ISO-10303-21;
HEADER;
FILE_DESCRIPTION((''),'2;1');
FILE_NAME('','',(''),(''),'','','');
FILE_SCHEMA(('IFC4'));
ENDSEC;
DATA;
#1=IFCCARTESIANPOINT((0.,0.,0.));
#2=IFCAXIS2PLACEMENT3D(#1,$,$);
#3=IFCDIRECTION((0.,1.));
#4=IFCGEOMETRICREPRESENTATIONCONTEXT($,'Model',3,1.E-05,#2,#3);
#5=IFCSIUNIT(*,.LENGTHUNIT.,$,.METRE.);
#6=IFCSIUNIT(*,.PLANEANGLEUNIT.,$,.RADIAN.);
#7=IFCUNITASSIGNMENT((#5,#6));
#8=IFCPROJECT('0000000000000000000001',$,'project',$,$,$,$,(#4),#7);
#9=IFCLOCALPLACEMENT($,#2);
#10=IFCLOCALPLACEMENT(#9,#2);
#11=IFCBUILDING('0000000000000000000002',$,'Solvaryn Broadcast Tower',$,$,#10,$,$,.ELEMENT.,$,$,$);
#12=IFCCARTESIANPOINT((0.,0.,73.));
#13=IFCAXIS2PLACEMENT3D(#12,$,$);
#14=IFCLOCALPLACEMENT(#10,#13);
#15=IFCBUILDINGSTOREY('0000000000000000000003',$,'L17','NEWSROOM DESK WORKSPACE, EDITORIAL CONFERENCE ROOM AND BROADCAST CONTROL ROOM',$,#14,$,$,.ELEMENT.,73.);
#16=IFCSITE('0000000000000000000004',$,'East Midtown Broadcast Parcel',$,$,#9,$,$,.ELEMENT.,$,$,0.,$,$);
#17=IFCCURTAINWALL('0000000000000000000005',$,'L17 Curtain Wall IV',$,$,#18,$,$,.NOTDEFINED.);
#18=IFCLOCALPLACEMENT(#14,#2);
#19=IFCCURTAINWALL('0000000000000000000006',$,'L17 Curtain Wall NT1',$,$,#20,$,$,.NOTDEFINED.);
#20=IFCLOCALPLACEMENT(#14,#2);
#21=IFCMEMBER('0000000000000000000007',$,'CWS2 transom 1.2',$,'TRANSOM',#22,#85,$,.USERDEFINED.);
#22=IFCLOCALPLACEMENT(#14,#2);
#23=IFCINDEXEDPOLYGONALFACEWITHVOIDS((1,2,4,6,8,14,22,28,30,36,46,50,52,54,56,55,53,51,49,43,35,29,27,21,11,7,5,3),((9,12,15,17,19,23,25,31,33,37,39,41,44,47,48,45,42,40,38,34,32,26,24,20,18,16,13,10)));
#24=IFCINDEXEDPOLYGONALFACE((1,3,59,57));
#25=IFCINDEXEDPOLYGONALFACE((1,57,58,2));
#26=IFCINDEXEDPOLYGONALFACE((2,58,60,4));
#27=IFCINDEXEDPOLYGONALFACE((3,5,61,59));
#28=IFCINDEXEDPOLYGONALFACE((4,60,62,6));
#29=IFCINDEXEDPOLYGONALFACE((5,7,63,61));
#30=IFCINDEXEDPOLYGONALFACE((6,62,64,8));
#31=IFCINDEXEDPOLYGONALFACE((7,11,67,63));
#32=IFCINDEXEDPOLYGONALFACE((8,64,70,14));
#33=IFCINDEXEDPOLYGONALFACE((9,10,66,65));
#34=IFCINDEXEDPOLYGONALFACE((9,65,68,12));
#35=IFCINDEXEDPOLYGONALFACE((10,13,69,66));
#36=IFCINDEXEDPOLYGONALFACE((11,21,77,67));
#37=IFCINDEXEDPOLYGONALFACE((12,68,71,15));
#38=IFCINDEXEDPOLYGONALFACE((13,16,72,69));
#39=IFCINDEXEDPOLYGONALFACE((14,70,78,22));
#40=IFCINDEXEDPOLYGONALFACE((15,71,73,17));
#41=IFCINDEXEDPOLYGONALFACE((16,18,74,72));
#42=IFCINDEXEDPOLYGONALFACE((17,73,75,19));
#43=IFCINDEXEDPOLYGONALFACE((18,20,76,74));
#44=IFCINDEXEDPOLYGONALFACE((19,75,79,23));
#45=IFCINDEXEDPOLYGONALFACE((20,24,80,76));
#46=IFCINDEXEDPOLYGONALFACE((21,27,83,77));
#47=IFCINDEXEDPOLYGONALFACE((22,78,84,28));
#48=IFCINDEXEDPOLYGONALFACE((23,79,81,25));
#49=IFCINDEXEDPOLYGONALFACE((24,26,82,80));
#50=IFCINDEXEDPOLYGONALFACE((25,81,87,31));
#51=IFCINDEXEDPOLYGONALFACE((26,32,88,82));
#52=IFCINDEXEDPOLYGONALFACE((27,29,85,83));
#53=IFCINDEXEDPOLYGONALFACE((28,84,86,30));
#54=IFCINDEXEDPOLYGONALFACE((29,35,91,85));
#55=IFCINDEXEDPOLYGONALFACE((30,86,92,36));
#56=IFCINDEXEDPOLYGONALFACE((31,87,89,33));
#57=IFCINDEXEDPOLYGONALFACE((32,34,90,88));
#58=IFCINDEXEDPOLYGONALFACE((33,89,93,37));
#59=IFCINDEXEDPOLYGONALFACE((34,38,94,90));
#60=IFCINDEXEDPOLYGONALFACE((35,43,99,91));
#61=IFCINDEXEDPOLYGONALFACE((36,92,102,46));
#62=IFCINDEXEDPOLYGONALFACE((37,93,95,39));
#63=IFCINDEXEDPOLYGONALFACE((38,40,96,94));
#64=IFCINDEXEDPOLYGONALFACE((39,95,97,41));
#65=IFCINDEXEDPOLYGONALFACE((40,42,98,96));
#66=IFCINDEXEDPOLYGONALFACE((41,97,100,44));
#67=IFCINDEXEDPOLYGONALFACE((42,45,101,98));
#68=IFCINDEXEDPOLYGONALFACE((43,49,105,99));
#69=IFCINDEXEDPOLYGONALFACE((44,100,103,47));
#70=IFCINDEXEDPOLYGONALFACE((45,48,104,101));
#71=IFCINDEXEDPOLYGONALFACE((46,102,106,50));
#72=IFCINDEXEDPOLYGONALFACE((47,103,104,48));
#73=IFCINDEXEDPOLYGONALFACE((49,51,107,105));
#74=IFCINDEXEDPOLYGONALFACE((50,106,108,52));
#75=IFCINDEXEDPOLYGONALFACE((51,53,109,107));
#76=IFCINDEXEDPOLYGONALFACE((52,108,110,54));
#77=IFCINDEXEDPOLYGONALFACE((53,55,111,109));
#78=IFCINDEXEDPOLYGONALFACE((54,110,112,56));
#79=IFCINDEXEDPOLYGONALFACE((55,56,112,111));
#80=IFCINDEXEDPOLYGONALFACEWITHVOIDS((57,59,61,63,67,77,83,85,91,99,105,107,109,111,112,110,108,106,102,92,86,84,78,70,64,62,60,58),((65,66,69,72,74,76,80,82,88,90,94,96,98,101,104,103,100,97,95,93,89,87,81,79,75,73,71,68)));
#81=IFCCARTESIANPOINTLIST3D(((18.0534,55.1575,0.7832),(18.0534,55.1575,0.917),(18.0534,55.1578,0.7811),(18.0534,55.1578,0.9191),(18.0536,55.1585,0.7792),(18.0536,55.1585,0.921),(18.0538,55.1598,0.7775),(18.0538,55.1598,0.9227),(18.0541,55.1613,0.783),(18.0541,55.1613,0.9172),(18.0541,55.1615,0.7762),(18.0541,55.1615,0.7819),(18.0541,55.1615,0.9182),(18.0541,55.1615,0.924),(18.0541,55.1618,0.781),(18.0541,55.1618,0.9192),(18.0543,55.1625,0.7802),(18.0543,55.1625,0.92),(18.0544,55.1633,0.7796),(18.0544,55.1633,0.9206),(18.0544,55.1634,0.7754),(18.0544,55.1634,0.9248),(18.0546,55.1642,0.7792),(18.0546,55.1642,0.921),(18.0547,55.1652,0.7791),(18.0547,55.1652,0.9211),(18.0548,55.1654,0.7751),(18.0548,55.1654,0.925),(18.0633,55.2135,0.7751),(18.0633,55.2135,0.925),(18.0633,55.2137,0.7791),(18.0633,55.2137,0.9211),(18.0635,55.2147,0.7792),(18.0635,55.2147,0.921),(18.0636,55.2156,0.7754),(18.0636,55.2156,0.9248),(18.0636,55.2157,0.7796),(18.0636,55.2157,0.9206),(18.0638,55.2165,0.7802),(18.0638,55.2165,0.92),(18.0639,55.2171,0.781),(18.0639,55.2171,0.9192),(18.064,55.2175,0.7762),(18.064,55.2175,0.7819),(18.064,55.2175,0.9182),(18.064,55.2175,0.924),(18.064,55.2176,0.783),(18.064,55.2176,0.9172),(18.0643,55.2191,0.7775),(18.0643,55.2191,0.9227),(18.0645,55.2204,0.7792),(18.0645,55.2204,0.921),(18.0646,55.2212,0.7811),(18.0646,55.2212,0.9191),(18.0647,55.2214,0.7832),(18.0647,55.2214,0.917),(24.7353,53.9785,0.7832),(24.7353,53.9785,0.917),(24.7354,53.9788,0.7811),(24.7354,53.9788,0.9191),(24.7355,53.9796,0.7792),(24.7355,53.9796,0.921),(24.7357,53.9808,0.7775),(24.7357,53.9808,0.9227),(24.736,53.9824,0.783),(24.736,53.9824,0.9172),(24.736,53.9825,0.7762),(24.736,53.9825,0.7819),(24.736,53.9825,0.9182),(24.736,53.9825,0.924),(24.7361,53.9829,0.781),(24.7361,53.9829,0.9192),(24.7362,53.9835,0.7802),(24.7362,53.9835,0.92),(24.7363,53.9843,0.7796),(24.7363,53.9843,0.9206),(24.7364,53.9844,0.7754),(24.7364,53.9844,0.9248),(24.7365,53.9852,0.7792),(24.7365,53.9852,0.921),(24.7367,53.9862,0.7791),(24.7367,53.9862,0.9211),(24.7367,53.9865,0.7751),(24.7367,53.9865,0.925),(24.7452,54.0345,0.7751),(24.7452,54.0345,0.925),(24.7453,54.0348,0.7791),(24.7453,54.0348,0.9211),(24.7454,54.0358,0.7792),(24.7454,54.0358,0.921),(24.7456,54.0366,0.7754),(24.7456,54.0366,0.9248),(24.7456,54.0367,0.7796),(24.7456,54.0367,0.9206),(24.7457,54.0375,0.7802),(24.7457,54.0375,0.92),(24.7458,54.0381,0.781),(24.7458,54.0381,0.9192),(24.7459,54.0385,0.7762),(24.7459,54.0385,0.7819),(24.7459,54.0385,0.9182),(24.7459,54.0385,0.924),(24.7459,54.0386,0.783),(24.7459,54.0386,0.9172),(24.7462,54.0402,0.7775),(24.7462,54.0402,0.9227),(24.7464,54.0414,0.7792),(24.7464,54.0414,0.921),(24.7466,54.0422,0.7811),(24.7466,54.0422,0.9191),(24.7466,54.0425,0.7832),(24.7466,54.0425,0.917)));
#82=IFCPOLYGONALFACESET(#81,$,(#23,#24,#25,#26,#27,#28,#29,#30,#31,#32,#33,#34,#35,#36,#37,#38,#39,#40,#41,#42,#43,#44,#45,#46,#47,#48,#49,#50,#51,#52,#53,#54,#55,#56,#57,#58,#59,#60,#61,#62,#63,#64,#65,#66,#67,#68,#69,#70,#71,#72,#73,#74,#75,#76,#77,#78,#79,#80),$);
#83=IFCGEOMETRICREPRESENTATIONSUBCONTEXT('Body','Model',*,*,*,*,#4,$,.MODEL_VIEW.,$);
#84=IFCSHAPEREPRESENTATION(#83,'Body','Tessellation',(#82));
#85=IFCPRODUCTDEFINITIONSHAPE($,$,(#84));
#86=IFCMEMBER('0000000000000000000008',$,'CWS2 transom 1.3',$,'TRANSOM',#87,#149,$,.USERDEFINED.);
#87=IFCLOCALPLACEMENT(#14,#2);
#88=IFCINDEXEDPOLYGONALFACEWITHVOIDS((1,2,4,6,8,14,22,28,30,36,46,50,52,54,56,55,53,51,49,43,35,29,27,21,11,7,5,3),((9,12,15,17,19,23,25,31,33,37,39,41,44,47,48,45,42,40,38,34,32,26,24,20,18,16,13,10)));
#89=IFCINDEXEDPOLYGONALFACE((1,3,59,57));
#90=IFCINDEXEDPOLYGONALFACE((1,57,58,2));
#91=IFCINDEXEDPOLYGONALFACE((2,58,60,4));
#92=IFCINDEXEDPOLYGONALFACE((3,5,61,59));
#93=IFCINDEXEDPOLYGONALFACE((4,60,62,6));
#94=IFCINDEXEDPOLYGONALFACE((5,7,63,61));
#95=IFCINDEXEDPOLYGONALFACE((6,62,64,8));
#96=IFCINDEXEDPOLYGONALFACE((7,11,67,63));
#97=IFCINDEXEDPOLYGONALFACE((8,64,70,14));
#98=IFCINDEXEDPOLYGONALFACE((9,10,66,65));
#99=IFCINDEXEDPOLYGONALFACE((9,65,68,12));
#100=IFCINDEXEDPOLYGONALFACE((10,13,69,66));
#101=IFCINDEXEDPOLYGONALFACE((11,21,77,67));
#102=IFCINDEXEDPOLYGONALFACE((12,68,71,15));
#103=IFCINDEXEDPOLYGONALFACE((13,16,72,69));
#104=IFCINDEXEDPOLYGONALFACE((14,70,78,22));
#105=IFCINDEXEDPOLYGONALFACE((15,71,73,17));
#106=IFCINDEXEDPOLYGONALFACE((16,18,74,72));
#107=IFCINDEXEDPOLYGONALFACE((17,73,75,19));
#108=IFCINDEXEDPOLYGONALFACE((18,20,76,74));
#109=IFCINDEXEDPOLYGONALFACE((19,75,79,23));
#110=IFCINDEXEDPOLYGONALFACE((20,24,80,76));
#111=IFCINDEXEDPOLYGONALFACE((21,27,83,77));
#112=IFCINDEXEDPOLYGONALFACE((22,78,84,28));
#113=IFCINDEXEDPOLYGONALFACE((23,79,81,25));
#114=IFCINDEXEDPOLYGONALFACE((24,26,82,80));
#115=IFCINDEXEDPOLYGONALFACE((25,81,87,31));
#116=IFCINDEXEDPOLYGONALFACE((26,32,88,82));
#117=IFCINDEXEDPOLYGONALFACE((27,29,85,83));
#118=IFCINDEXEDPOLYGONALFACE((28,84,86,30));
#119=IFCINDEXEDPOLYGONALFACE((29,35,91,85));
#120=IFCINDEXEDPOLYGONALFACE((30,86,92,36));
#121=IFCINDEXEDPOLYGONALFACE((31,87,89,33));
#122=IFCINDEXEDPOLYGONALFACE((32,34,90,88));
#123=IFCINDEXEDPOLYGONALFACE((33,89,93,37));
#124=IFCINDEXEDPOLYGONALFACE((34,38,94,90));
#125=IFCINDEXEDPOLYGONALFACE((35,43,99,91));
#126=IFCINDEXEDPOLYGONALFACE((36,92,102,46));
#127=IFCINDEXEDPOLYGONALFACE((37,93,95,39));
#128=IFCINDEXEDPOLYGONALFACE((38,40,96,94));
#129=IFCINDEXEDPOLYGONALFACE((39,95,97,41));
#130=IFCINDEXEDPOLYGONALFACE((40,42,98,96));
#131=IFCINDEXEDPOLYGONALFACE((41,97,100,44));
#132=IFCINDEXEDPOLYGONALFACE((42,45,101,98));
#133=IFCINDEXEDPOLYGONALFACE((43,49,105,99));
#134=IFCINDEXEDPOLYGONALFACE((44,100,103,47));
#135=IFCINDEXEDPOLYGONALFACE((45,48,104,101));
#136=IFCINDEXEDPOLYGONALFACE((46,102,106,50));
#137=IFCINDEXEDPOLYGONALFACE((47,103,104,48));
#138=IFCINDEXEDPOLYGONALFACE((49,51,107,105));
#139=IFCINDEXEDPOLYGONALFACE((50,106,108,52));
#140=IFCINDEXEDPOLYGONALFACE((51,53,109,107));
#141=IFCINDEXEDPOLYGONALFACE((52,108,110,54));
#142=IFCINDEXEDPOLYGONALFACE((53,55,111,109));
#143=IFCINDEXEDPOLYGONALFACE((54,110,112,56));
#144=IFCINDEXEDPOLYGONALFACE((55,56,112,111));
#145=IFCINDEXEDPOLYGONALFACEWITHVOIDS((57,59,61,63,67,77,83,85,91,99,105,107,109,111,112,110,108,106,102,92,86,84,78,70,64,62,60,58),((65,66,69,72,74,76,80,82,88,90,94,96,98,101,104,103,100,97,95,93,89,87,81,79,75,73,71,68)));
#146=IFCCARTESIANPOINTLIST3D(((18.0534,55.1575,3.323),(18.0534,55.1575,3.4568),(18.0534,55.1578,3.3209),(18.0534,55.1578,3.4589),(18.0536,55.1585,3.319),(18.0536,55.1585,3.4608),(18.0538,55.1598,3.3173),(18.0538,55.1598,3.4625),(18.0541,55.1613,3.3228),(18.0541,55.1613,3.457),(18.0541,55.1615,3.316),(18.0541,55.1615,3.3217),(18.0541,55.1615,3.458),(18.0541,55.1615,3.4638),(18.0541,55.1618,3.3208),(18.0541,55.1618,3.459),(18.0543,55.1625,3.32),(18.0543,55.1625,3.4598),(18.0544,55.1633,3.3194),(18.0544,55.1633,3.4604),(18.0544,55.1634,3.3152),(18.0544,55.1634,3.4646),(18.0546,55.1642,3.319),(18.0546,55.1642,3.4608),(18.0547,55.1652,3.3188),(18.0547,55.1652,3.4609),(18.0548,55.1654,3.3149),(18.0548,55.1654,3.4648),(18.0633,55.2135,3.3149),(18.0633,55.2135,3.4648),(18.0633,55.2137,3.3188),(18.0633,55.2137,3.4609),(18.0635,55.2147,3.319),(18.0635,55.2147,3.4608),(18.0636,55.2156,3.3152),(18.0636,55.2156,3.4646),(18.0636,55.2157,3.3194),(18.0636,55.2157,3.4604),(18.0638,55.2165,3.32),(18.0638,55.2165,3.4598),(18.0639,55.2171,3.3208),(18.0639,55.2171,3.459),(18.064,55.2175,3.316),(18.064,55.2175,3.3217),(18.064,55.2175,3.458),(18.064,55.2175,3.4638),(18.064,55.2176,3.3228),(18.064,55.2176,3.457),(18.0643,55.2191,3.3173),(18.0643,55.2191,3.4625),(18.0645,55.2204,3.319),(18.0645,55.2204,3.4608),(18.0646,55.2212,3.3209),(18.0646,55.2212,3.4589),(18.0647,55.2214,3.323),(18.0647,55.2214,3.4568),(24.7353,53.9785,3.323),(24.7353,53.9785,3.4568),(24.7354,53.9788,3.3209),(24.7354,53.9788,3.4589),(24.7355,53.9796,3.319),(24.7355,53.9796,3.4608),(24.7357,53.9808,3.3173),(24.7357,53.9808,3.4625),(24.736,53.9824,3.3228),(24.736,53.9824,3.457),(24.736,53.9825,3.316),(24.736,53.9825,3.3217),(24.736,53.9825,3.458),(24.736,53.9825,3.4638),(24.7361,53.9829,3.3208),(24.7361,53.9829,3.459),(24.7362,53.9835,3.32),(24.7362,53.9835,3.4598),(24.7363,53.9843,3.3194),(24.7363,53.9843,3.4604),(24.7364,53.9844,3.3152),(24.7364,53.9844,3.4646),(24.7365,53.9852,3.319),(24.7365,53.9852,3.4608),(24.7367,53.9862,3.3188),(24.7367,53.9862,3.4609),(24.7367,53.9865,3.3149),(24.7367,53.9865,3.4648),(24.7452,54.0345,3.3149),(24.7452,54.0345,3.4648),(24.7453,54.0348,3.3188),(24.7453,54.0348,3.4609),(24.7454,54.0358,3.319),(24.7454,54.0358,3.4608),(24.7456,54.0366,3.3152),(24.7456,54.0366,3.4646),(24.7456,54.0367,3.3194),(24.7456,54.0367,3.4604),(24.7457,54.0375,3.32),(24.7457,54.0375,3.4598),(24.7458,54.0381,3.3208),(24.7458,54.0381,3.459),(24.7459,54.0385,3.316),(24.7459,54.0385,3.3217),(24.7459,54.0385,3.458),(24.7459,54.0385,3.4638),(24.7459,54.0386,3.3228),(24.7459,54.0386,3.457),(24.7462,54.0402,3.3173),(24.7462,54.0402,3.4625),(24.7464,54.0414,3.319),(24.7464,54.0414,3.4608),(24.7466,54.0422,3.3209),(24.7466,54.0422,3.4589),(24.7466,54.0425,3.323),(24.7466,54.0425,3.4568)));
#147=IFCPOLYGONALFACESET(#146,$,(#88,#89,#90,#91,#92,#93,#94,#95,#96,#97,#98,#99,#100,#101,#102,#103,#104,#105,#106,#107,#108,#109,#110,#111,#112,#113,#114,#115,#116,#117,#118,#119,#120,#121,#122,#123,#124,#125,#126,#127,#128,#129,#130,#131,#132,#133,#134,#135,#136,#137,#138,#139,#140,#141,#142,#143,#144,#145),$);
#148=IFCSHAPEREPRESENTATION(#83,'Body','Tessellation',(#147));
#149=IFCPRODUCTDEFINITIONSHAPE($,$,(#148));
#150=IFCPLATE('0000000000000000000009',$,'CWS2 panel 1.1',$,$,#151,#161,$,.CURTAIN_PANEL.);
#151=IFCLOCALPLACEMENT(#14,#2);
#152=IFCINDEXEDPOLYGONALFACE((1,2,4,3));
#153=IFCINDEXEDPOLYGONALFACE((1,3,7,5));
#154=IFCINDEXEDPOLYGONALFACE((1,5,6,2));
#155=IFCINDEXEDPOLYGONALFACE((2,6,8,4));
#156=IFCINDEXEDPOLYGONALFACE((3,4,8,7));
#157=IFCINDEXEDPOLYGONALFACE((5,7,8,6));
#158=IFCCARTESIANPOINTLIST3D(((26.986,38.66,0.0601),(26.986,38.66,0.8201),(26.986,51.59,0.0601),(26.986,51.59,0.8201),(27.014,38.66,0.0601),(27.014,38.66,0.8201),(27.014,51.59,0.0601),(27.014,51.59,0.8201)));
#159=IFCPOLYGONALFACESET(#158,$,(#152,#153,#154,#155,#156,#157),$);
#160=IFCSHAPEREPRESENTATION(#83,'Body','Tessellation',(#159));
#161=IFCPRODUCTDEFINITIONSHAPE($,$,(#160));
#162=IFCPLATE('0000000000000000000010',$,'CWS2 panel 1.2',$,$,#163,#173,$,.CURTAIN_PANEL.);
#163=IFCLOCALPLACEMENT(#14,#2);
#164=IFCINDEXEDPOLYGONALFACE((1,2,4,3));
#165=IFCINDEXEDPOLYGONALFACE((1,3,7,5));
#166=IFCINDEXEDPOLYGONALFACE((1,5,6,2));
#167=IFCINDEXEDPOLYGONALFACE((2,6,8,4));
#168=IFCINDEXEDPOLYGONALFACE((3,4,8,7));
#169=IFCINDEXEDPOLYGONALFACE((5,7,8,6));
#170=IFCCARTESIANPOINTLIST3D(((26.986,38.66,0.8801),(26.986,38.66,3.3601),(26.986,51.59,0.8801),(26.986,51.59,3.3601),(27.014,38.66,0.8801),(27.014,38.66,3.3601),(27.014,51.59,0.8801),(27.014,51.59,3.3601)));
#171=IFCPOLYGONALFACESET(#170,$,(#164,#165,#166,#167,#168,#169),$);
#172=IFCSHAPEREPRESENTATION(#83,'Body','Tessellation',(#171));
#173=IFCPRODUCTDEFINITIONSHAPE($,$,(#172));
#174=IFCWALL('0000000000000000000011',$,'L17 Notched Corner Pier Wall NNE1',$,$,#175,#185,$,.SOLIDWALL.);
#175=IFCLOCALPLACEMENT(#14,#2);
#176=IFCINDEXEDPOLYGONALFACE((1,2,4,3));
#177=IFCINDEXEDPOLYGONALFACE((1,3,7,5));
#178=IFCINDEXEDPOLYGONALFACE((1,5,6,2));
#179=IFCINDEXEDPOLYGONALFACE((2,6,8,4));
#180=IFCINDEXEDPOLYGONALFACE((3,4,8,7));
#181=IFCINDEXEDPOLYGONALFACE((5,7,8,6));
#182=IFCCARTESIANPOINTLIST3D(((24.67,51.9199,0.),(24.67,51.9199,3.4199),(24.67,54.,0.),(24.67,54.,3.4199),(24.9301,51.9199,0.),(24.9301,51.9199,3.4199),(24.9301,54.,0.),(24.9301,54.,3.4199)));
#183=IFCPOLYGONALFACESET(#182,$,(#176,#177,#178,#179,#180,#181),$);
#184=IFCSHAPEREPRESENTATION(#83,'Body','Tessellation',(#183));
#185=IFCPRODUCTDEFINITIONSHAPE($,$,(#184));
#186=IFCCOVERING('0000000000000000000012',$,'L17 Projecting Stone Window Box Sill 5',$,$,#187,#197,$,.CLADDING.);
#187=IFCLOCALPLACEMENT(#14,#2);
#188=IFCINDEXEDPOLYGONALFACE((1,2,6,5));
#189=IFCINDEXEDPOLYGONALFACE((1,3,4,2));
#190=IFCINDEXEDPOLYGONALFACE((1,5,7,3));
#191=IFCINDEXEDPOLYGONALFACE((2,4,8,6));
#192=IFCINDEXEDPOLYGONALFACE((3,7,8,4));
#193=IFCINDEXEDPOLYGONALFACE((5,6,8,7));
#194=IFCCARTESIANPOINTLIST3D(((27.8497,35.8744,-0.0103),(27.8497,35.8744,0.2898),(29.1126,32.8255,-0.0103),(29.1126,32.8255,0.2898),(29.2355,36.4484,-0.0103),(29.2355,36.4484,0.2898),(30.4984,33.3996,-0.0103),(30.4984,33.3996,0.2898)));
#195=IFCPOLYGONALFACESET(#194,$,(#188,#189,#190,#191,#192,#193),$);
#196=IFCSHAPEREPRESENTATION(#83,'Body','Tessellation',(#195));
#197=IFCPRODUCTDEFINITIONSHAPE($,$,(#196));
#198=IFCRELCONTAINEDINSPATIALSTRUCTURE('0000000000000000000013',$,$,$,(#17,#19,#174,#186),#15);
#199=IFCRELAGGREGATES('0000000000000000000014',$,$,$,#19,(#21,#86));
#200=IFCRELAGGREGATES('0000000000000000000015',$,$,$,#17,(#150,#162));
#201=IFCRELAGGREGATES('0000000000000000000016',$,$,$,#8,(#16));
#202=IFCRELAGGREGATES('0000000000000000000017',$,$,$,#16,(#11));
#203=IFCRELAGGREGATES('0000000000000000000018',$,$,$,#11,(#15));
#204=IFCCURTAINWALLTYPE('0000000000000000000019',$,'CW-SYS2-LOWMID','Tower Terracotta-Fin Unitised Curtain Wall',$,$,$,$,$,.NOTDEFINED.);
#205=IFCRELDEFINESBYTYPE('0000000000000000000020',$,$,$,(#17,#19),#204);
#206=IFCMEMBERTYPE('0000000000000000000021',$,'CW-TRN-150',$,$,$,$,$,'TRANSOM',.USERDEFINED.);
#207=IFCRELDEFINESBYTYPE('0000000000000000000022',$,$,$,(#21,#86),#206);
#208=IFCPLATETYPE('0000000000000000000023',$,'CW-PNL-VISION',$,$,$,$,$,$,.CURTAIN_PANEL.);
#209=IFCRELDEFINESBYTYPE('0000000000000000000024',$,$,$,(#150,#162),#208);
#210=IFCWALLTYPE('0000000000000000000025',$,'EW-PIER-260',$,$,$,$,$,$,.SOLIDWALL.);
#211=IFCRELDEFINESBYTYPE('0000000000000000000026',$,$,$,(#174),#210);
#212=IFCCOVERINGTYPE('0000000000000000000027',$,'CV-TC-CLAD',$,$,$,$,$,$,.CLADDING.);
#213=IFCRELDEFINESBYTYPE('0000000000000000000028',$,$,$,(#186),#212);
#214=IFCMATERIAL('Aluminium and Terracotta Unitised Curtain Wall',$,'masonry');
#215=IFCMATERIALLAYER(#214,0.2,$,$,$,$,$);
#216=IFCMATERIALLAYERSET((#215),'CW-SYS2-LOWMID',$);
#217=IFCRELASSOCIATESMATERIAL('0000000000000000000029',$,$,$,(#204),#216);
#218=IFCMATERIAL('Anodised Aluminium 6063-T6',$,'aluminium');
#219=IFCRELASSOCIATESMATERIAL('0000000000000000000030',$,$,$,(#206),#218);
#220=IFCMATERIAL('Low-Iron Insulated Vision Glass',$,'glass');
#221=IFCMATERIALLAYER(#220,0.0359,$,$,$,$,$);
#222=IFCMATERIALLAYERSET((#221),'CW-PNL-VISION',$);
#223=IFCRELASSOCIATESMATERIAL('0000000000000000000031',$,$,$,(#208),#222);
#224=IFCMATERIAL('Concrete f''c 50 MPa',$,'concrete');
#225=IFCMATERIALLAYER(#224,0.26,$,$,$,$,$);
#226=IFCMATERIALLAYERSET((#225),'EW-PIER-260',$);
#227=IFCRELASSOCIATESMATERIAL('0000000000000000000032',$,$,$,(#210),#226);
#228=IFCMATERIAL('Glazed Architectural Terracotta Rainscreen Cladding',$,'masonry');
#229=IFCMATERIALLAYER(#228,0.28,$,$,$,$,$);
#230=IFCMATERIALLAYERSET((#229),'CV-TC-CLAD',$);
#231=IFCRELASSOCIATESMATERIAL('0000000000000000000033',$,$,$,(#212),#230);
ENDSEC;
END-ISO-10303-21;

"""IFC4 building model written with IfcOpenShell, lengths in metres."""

from ifc_helpers import new_model, si_unit, direction, frame, frame_2d, origin, origin_2d, place, context, subcontext, project, spatial, rectangle, hollow_rectangle, extrude, material, layer, layer_set, material_profile, profile_set, type_object, element, aggregate, save


model = new_model("IFC4")

# Units and contexts
model_context = context("Model", 3, precision=1e-05, world=origin(), true_north=direction((0.0, 1.0)))
body_context = subcontext(model_context, "Body", "Model", "MODEL_VIEW")
ifc_project = project(units=[si_unit("LENGTHUNIT", "METRE"), si_unit("PLANEANGLEUNIT", "RADIAN")], contexts=[model_context])

# Site, building, storey
site_placement = place(None, origin())
site = spatial("IfcSite", under=ifc_project, at=site_placement, Name="East Midtown Broadcast Parcel", CompositionType="ELEMENT", RefElevation=0.0)
building_placement = place(site_placement, origin())
building = spatial("IfcBuilding", under=site, at=building_placement, Name="Solvaryn Broadcast Tower", CompositionType="ELEMENT")
storey_placement = place(building_placement, frame((0.0, 0.0, 73.0)))
storey = spatial("IfcBuildingStorey", under=building, at=storey_placement, Name="L17", Description="NEWSROOM DESK WORKSPACE, EDITORIAL CONFERENCE ROOM AND BROADCAST CONTROL ROOM", CompositionType="ELEMENT", Elevation=73.0)

# Curtain wall
ifc_material_1 = material(Name="Aluminium and Terracotta Unitised Curtain Wall", Category="masonry")
ifc_layer_1 = layer(ifc_material_1, 0.2)
ifc_layer_set_1 = layer_set([ifc_layer_1], Name="CW-SYS2-LOWMID")
curtain_wall_type = type_object("IfcCurtainWallType", Name="CW-SYS2-LOWMID", Description="Tower Terracotta-Fin Unitised Curtain Wall", PredefinedType="NOTDEFINED", material=ifc_layer_set_1)
curtain_wall_1_placement = place(storey_placement, origin())
curtain_wall_1 = element("IfcCurtainWall", 1, at=curtain_wall_1_placement, inside=storey, type_object=curtain_wall_type, Name="L17 Curtain Wall IV", PredefinedType="NOTDEFINED")

# Curtain wall
curtain_wall_2_placement = place(storey_placement, origin())
curtain_wall_2 = element("IfcCurtainWall", 2, at=curtain_wall_2_placement, inside=storey, type_object=curtain_wall_type, Name="L17 Curtain Wall NT1", PredefinedType="NOTDEFINED")

# Members
ifc_material_2 = material(Name="Anodised Aluminium 6063-T6", Category="aluminium")
ifc_material_profile_1 = material_profile(ifc_material_2, hollow_rectangle(XDim=0.0649, YDim=0.1499, WallThickness=0.0039, InnerFilletRadius=0.0039, OuterFilletRadius=0.0081, at=origin_2d()))
ifc_profile_set_1 = profile_set([ifc_material_profile_1], Name="Anodised Aluminium 6063-T6")
member_type_1 = type_object("IfcMemberType", Name="CW-TRN-150", ElementType="TRANSOM", PredefinedType="USERDEFINED", material=ifc_profile_set_1)
member_1_placement = place(storey_placement, frame((24.741, 54.0105, 0.8501), z_axis=(-0.984789, 0.173757, 0.0), x_axis=(-0.173757, -0.984789, 0.0)))
member_1 = element("IfcMember", 3, at=member_1_placement, type_object=member_type_1, Name="CWS2 transom 1.2", ObjectType="TRANSOM", PredefinedType="USERDEFINED", context=body_context, shape_type="SweptSolid", body=[
    extrude(hollow_rectangle(XDim=0.0649, YDim=0.1499, WallThickness=0.0039, InnerFilletRadius=0.0039, OuterFilletRadius=0.0081, at=origin_2d()), origin(), (0.0, 0.0, 1.0), 6.7852),
])
member_2_placement = place(storey_placement, frame((24.741, 54.0105, 3.3899), z_axis=(-0.984789, 0.173757, 0.0), x_axis=(-0.173757, -0.984789, 0.0)))
member_2 = element("IfcMember", 4, at=member_2_placement, type_object=member_type_1, Name="CWS2 transom 1.3", ObjectType="TRANSOM", PredefinedType="USERDEFINED", context=body_context, shape_type="SweptSolid", body=[
    extrude(hollow_rectangle(XDim=0.0649, YDim=0.1499, WallThickness=0.0039, InnerFilletRadius=0.0039, OuterFilletRadius=0.0081, at=origin_2d()), origin(), (0.0, 0.0, 1.0), 6.7852),
])
aggregate(curtain_wall_2, [member_1, member_2])

# Plates
ifc_material_3 = material(Name="Low-Iron Insulated Vision Glass", Category="glass")
ifc_layer_2 = layer(ifc_material_3, 0.0359)
ifc_layer_set_2 = layer_set([ifc_layer_2], Name="CW-PNL-VISION")
plate_type = type_object("IfcPlateType", Name="CW-PNL-VISION", PredefinedType="CURTAIN_PANEL", material=ifc_layer_set_2)
plate_1_placement = place(storey_placement, frame((27.0, 45.125, 0.0601), z_axis=(0.0, 0.0, 1.0), x_axis=(0.0, -1.0, 0.0)))
plate_1 = element("IfcPlate", 5, at=plate_1_placement, type_object=plate_type, Name="CWS2 panel 1.1", PredefinedType="CURTAIN_PANEL", context=body_context, shape_type="SweptSolid", body=[
    extrude(rectangle(XDim=12.9299, YDim=0.0281, at=origin_2d()), origin(), (0.0, 0.0, 1.0), 0.76),
])
plate_2_placement = place(storey_placement, frame((27.0, 45.125, 0.8801), z_axis=(0.0, 0.0, 1.0), x_axis=(0.0, -1.0, 0.0)))
plate_2 = element("IfcPlate", 6, at=plate_2_placement, type_object=plate_type, Name="CWS2 panel 1.2", PredefinedType="CURTAIN_PANEL", context=body_context, shape_type="SweptSolid", body=[
    extrude(rectangle(XDim=12.9299, YDim=0.0281, at=origin_2d()), origin(), (0.0, 0.0, 1.0), 2.48),
])
aggregate(curtain_wall_1, [plate_1, plate_2])

# Wall
ifc_material_4 = material(Name="Concrete f'c 50 MPa", Category="concrete")
ifc_layer_3 = layer(ifc_material_4, 0.26)
ifc_layer_set_3 = layer_set([ifc_layer_3], Name="EW-PIER-260")
wall_type_1 = type_object("IfcWallType", Name="EW-PIER-260", PredefinedType="SOLIDWALL", material=ifc_layer_set_3)
wall_1_placement = place(storey_placement, frame((24.8, 54.0, 0.0), z_axis=(0.0, 0.0, 1.0), x_axis=(0.0, -1.0, 0.0)))
element("IfcWall", 7, at=wall_1_placement, inside=storey, type_object=wall_type_1, Name="L17 Notched Corner Pier Wall NNE1", PredefinedType="SOLIDWALL", context=body_context, shape_type="SweptSolid", body=[
    extrude(rectangle(XDim=2.0801, YDim=0.26, at=frame_2d((1.04, 0.0))), origin(), (0.0, 0.0, 1.0), 3.4199),
])

# Covering
ifc_material_5 = material(Name="Glazed Architectural Terracotta Rainscreen Cladding", Category="masonry")
ifc_layer_4 = layer(ifc_material_5, 0.28)
ifc_layer_set_4 = layer_set([ifc_layer_4], Name="CV-TC-CLAD")
covering_type_1 = type_object("IfcCoveringType", Name="CV-TC-CLAD", PredefinedType="CLADDING", material=ifc_layer_set_4)
covering_1_placement = place(storey_placement, frame((29.1741, 34.637, -0.0103), z_axis=(0.0, 0.0, 1.0), x_axis=(-0.382683, 0.92388, 0.0)))
element("IfcCovering", 8, at=covering_1_placement, inside=storey, type_object=covering_type_1, Name="L17 Projecting Stone Window Box Sill 5", PredefinedType="CLADDING", context=body_context, shape_type="SweptSolid", body=[
    extrude(rectangle(XDim=3.3, YDim=1.5, at=origin_2d()), origin(), (0.0, 0.0, 1.0), 0.3),
])

save(model, "model.ifc")
